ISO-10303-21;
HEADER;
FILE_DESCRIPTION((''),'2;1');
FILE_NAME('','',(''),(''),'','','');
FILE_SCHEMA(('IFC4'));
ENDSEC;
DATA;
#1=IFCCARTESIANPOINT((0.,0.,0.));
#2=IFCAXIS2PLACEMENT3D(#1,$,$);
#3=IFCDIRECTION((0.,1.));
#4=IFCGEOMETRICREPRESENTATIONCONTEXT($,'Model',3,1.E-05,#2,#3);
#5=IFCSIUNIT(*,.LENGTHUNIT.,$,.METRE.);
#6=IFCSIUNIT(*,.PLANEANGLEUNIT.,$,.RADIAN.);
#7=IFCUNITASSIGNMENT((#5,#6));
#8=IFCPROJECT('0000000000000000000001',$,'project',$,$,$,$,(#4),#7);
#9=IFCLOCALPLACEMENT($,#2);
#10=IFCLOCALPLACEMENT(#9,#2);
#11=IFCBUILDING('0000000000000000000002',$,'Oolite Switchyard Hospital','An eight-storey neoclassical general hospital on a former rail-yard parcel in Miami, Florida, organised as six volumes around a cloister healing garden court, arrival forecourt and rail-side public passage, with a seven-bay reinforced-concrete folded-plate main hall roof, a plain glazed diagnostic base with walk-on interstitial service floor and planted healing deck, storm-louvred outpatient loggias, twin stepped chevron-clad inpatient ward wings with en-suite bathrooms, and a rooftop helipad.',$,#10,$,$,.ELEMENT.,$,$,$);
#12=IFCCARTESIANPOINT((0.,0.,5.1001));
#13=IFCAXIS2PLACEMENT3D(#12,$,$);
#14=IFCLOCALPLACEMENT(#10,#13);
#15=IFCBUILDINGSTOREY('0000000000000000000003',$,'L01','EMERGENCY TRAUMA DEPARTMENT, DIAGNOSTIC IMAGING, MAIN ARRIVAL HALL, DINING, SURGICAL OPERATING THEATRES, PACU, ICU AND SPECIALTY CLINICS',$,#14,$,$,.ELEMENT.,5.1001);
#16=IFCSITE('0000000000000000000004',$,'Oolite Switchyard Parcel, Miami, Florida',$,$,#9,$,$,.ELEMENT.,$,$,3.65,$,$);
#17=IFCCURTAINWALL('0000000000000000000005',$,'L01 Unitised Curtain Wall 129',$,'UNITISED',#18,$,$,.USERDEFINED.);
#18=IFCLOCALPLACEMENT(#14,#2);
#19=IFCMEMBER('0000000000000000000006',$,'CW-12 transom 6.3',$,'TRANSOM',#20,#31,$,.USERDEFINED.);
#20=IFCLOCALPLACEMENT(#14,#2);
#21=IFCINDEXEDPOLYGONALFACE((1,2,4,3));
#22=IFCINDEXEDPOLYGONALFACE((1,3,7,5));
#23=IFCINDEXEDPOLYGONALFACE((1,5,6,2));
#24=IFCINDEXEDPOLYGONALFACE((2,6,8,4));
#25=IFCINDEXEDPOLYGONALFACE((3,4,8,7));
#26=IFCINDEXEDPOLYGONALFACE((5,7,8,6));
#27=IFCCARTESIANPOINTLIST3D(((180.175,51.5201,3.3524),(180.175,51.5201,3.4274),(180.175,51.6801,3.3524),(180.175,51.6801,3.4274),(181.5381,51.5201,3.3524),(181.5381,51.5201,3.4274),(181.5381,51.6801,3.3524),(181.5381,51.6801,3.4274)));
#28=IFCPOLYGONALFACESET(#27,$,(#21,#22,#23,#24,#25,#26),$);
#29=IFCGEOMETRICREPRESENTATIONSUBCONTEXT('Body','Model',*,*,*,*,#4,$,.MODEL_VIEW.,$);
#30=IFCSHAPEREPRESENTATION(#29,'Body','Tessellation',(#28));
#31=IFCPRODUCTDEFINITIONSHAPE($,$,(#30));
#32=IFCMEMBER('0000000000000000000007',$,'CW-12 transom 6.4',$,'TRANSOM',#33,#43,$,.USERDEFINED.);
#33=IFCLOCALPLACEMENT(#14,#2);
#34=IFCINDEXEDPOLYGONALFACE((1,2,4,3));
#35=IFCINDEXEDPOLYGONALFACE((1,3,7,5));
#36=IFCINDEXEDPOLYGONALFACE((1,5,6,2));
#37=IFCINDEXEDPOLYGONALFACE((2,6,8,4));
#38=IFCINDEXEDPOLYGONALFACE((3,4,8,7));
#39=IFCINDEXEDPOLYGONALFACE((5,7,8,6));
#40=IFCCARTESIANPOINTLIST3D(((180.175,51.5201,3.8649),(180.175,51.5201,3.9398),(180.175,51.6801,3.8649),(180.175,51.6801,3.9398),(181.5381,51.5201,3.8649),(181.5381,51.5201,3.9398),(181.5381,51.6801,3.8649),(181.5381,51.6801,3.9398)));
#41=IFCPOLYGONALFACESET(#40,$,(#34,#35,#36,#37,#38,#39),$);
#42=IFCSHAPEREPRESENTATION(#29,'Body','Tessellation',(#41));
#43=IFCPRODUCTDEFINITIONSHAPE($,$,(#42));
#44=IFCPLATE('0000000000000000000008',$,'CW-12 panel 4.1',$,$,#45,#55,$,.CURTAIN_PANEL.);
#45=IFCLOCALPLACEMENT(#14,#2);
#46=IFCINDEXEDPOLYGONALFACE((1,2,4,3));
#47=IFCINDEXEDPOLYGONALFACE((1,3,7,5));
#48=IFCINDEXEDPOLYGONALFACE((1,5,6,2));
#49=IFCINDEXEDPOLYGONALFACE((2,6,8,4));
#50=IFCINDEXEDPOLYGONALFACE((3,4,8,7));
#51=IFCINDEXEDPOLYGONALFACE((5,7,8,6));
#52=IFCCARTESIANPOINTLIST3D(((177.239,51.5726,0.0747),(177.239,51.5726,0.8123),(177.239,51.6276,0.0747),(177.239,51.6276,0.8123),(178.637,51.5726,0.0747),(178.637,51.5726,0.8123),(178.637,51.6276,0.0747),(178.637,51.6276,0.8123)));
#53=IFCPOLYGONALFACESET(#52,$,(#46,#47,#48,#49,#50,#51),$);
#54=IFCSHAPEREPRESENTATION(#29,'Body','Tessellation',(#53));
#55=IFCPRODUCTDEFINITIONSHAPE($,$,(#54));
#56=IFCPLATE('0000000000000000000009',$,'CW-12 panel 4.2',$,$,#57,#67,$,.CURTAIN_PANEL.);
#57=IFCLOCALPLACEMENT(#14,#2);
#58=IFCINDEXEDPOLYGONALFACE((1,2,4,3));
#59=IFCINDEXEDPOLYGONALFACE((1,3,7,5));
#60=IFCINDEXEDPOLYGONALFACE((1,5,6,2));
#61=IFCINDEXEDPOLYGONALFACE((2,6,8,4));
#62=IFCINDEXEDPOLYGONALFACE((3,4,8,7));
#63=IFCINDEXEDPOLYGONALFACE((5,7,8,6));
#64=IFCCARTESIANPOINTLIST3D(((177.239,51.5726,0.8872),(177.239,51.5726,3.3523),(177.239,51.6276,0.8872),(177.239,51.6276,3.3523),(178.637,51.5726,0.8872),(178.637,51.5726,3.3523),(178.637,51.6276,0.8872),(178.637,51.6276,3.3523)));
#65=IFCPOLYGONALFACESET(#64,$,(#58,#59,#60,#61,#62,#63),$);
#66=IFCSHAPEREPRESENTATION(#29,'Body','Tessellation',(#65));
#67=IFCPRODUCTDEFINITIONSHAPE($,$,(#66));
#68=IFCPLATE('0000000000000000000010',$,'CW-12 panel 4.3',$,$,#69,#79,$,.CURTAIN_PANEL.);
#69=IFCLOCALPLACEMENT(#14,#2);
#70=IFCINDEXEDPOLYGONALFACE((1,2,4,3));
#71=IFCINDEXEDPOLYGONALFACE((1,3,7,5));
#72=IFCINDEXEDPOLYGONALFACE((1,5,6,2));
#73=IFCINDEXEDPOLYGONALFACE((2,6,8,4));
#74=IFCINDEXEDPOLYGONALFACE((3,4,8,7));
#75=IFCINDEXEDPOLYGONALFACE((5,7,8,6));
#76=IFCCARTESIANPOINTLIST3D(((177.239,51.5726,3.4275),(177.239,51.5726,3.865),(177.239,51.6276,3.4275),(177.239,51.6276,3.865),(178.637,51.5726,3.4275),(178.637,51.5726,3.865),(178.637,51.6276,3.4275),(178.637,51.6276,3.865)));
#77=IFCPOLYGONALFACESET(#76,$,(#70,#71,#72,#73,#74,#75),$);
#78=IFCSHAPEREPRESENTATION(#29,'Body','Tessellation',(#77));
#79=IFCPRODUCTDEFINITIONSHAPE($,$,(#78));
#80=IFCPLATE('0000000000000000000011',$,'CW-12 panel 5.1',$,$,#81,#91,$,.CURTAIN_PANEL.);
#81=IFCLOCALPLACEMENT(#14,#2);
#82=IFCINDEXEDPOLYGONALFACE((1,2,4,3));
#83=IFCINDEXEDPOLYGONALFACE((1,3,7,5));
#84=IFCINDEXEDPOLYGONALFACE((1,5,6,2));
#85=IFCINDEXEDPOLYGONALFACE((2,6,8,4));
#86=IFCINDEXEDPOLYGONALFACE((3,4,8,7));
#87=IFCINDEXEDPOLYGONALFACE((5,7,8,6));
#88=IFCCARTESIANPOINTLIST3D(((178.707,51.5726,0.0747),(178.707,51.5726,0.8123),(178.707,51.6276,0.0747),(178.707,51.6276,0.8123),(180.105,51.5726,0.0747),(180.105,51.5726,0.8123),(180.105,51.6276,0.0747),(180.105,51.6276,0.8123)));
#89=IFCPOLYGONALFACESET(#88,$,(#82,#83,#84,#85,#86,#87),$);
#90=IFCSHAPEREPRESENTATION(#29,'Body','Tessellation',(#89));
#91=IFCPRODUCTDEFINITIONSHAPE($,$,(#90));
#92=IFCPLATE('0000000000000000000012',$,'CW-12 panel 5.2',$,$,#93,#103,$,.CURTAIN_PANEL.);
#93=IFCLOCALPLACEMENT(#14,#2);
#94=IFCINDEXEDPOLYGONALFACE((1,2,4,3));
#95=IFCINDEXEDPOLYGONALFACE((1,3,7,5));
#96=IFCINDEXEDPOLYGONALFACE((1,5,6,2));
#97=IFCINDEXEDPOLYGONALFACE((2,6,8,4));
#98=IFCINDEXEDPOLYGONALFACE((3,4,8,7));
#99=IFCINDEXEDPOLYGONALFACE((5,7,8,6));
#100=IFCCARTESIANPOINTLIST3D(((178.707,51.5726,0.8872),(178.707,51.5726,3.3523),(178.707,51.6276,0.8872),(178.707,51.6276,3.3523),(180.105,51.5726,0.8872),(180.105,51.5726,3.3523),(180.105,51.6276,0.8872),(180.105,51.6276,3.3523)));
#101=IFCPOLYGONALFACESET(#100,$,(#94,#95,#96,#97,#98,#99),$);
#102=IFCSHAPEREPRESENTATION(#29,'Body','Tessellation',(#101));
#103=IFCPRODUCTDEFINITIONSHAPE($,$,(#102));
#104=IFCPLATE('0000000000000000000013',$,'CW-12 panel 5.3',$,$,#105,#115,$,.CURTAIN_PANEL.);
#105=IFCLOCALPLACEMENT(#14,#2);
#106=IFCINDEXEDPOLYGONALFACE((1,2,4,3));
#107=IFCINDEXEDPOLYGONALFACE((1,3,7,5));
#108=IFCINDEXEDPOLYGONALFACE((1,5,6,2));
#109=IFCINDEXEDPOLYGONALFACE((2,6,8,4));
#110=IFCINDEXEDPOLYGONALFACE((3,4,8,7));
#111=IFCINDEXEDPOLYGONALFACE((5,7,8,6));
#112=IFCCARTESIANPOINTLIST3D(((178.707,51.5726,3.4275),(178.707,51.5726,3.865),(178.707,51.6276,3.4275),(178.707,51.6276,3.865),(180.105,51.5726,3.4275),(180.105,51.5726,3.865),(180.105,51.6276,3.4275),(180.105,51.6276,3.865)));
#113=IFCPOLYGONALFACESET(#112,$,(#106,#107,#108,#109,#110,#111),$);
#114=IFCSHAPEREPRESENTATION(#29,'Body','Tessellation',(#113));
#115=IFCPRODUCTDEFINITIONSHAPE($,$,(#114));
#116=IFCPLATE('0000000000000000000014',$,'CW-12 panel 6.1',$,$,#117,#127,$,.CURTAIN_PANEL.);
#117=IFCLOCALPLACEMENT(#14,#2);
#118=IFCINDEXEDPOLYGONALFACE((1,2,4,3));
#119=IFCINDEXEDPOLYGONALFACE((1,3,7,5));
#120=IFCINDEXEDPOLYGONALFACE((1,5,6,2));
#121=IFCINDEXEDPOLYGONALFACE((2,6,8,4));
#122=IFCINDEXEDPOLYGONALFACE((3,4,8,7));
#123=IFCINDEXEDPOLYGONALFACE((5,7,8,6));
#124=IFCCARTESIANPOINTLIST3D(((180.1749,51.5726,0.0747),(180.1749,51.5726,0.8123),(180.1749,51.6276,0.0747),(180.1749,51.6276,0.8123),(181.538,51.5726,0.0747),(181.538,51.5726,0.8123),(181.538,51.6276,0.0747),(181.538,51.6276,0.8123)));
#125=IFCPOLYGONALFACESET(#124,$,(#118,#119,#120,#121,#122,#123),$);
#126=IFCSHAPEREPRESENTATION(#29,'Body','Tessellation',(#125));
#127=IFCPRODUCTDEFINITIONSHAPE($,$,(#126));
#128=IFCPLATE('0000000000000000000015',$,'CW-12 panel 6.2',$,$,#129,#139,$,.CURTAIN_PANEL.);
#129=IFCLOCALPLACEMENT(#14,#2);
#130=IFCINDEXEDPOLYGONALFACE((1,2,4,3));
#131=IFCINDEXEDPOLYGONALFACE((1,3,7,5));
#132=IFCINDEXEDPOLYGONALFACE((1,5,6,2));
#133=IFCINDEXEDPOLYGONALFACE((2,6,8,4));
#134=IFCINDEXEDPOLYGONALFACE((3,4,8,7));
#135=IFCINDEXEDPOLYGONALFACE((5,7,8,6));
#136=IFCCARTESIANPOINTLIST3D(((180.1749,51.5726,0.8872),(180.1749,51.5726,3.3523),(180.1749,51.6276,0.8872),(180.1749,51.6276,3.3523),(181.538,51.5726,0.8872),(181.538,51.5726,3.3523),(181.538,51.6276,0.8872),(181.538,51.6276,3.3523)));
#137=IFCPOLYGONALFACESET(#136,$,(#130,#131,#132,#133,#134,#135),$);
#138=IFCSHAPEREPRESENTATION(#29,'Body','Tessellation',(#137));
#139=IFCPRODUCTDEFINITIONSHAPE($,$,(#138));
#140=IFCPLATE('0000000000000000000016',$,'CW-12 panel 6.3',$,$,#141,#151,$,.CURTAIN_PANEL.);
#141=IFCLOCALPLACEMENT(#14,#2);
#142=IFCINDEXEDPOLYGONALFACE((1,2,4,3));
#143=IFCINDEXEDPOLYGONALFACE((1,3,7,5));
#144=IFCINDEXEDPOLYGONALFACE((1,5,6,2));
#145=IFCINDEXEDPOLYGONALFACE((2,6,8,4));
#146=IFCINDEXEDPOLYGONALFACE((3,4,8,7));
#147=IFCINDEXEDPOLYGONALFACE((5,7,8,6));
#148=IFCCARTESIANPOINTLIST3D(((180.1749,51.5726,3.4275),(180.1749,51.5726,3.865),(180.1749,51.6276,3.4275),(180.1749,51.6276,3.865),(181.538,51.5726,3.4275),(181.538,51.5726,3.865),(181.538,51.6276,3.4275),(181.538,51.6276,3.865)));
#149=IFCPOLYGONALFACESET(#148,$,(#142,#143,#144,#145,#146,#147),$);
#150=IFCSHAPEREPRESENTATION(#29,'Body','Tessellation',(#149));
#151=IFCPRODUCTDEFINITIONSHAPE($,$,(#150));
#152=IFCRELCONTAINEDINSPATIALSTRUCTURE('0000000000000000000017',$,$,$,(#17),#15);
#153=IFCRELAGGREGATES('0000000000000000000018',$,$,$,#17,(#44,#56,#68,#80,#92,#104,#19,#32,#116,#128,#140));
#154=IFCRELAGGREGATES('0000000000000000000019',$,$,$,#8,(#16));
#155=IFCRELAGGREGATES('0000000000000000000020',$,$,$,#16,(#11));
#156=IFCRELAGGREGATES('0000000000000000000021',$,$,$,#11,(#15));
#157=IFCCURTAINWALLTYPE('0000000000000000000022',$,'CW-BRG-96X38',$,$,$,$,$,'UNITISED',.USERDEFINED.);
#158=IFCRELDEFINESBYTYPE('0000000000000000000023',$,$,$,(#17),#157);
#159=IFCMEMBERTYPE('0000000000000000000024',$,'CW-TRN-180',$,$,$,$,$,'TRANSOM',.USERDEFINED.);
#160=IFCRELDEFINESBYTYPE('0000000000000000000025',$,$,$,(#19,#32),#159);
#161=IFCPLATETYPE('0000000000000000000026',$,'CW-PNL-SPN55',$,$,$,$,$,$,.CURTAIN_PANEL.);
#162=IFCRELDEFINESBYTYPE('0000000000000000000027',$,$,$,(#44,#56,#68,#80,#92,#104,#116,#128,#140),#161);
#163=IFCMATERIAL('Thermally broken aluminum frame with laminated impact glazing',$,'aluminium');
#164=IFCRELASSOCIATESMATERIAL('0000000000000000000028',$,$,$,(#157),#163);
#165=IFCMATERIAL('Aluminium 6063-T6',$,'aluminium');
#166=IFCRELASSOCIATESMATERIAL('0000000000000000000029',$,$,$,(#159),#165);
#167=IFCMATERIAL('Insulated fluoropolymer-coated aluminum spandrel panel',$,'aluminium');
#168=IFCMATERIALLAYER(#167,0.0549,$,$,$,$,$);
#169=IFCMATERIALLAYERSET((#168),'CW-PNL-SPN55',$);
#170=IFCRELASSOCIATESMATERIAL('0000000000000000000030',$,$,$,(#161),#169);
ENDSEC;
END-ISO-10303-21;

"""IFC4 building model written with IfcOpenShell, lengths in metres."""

from ifc_helpers import new_model, si_unit, direction, frame, origin, origin_2d, place, context, subcontext, project, spatial, rectangle, extrude, material, layer, layer_set, material_profile, profile_set, type_object, element, aggregate, save


model = new_model("IFC4")

# Units and contexts
model_context = context("Model", 3, precision=1e-05, world=origin(), true_north=direction((0.0, 1.0)))
body_context = subcontext(model_context, "Body", "Model", "MODEL_VIEW")
ifc_project = project(units=[si_unit("LENGTHUNIT", "METRE"), si_unit("PLANEANGLEUNIT", "RADIAN")], contexts=[model_context])

# Site, building, storey
site_placement = place(None, origin())
site = spatial("IfcSite", under=ifc_project, at=site_placement, Name="Oolite Switchyard Parcel, Miami, Florida", CompositionType="ELEMENT", RefElevation=3.65)
building_placement = place(site_placement, origin())
building = spatial("IfcBuilding", under=site, at=building_placement, Name="Oolite Switchyard Hospital", Description="An eight-storey neoclassical general hospital on a former rail-yard parcel in Miami, Florida, organised as six volumes around a cloister healing garden court, arrival forecourt and rail-side public passage, with a seven-bay reinforced-concrete folded-plate main hall roof, a plain glazed diagnostic base with walk-on interstitial service floor and planted healing deck, storm-louvred outpatient loggias, twin stepped chevron-clad inpatient ward wings with en-suite bathrooms, and a rooftop helipad.", CompositionType="ELEMENT")
storey_placement = place(building_placement, frame((0.0, 0.0, 5.1001)))
storey = spatial("IfcBuildingStorey", under=building, at=storey_placement, Name="L01", Description="EMERGENCY TRAUMA DEPARTMENT, DIAGNOSTIC IMAGING, MAIN ARRIVAL HALL, DINING, SURGICAL OPERATING THEATRES, PACU, ICU AND SPECIALTY CLINICS", CompositionType="ELEMENT", Elevation=5.1001)

# Curtain wall, members, plates
ifc_material_1 = material(Name="Thermally broken aluminum frame with laminated impact glazing", Category="aluminium")
curtain_wall_type = type_object("IfcCurtainWallType", Name="CW-BRG-96X38", ElementType="UNITISED", PredefinedType="USERDEFINED", material=ifc_material_1)
curtain_wall_placement = place(storey_placement, origin())
curtain_wall = element("IfcCurtainWall", 1, at=curtain_wall_placement, inside=storey, type_object=curtain_wall_type, Name="L01 Unitised Curtain Wall 129", ObjectType="UNITISED", PredefinedType="USERDEFINED")
ifc_material_2 = material(Name="Aluminium 6063-T6", Category="aluminium")
ifc_material_profile_1 = material_profile(ifc_material_2, rectangle(XDim=0.1599, YDim=0.075, at=origin_2d()), Name="CWT75X160")
ifc_profile_set_1 = profile_set([ifc_material_profile_1], Name="Aluminium 6063-T6")
member_type_1 = type_object("IfcMemberType", Name="CW-TRN-180", ElementType="TRANSOM", PredefinedType="USERDEFINED", material=ifc_profile_set_1)
member_1_placement = place(storey_placement, frame((180.175, 51.6001, 3.3899), z_axis=(1.0, 0.0, 0.0), x_axis=(0.0, 1.0, 0.0)))
member_1 = element("IfcMember", 2, at=member_1_placement, type_object=member_type_1, Name="CW-12 transom 6.3", ObjectType="TRANSOM", PredefinedType="USERDEFINED", context=body_context, shape_type="SweptSolid", body=[
    extrude(rectangle(XDim=0.1599, YDim=0.075, at=origin_2d()), origin(), (0.0, 0.0, 1.0), 1.363),
])
member_2_placement = place(storey_placement, frame((180.175, 51.6001, 3.9023), z_axis=(1.0, 0.0, 0.0), x_axis=(0.0, 1.0, 0.0)))
member_2 = element("IfcMember", 3, at=member_2_placement, type_object=member_type_1, Name="CW-12 transom 6.4", ObjectType="TRANSOM", PredefinedType="USERDEFINED", context=body_context, shape_type="SweptSolid", body=[
    extrude(rectangle(XDim=0.1599, YDim=0.075, at=origin_2d()), origin(), (0.0, 0.0, 1.0), 1.363),
])
ifc_material_3 = material(Name="Insulated fluoropolymer-coated aluminum spandrel panel", Category="aluminium")
ifc_layer = layer(ifc_material_3, 0.0549)
ifc_layer_set = layer_set([ifc_layer], Name="CW-PNL-SPN55")
plate_type = type_object("IfcPlateType", Name="CW-PNL-SPN55", PredefinedType="CURTAIN_PANEL", material=ifc_layer_set)
plate_1_placement = place(storey_placement, frame((177.938, 51.6001, 0.0747), z_axis=(0.0, 0.0, 1.0), x_axis=(1.0, 0.0, 0.0)))
plate_1 = element("IfcPlate", 4, at=plate_1_placement, type_object=plate_type, Name="CW-12 panel 4.1", PredefinedType="CURTAIN_PANEL", context=body_context, shape_type="SweptSolid", body=[
    extrude(rectangle(XDim=1.3979, YDim=0.0549, at=origin_2d()), origin(), (0.0, 0.0, 1.0), 0.7375),
])
plate_2_placement = place(storey_placement, frame((177.938, 51.6001, 0.8872), z_axis=(0.0, 0.0, 1.0), x_axis=(1.0, 0.0, 0.0)))
plate_2 = element("IfcPlate", 5, at=plate_2_placement, type_object=plate_type, Name="CW-12 panel 4.2", PredefinedType="CURTAIN_PANEL", context=body_context, shape_type="SweptSolid", body=[
    extrude(rectangle(XDim=1.3979, YDim=0.0549, at=origin_2d()), origin(), (0.0, 0.0, 1.0), 2.4651),
])
plate_3_placement = place(storey_placement, frame((177.938, 51.6001, 3.4275), z_axis=(0.0, 0.0, 1.0), x_axis=(1.0, 0.0, 0.0)))
plate_3 = element("IfcPlate", 6, at=plate_3_placement, type_object=plate_type, Name="CW-12 panel 4.3", PredefinedType="CURTAIN_PANEL", context=body_context, shape_type="SweptSolid", body=[
    extrude(rectangle(XDim=1.3979, YDim=0.0549, at=origin_2d()), origin(), (0.0, 0.0, 1.0), 0.4375),
])
plate_4_placement = place(storey_placement, frame((179.406, 51.6001, 0.0747), z_axis=(0.0, 0.0, 1.0), x_axis=(1.0, 0.0, 0.0)))
plate_4 = element("IfcPlate", 7, at=plate_4_placement, type_object=plate_type, Name="CW-12 panel 5.1", PredefinedType="CURTAIN_PANEL", context=body_context, shape_type="SweptSolid", body=[
    extrude(rectangle(XDim=1.3979, YDim=0.0549, at=origin_2d()), origin(), (0.0, 0.0, 1.0), 0.7375),
])
plate_5_placement = place(storey_placement, frame((179.406, 51.6001, 0.8872), z_axis=(0.0, 0.0, 1.0), x_axis=(1.0, 0.0, 0.0)))
plate_5 = element("IfcPlate", 8, at=plate_5_placement, type_object=plate_type, Name="CW-12 panel 5.2", PredefinedType="CURTAIN_PANEL", context=body_context, shape_type="SweptSolid", body=[
    extrude(rectangle(XDim=1.3979, YDim=0.0549, at=origin_2d()), origin(), (0.0, 0.0, 1.0), 2.4651),
])
plate_6_placement = place(storey_placement, frame((179.406, 51.6001, 3.4275), z_axis=(0.0, 0.0, 1.0), x_axis=(1.0, 0.0, 0.0)))
plate_6 = element("IfcPlate", 9, at=plate_6_placement, type_object=plate_type, Name="CW-12 panel 5.3", PredefinedType="CURTAIN_PANEL", context=body_context, shape_type="SweptSolid", body=[
    extrude(rectangle(XDim=1.3979, YDim=0.0549, at=origin_2d()), origin(), (0.0, 0.0, 1.0), 0.4375),
])
plate_7_placement = place(storey_placement, frame((180.8564, 51.6001, 0.0747), z_axis=(0.0, 0.0, 1.0), x_axis=(1.0, 0.0, 0.0)))
plate_7 = element("IfcPlate", 10, at=plate_7_placement, type_object=plate_type, Name="CW-12 panel 6.1", PredefinedType="CURTAIN_PANEL", context=body_context, shape_type="SweptSolid", body=[
    extrude(rectangle(XDim=1.363, YDim=0.0549, at=origin_2d()), origin(), (0.0, 0.0, 1.0), 0.7375),
])
plate_8_placement = place(storey_placement, frame((180.8564, 51.6001, 0.8872), z_axis=(0.0, 0.0, 1.0), x_axis=(1.0, 0.0, 0.0)))
plate_8 = element("IfcPlate", 11, at=plate_8_placement, type_object=plate_type, Name="CW-12 panel 6.2", PredefinedType="CURTAIN_PANEL", context=body_context, shape_type="SweptSolid", body=[
    extrude(rectangle(XDim=1.363, YDim=0.0549, at=origin_2d()), origin(), (0.0, 0.0, 1.0), 2.4651),
])
plate_9_placement = place(storey_placement, frame((180.8564, 51.6001, 3.4275), z_axis=(0.0, 0.0, 1.0), x_axis=(1.0, 0.0, 0.0)))
plate_9 = element("IfcPlate", 12, at=plate_9_placement, type_object=plate_type, Name="CW-12 panel 6.3", PredefinedType="CURTAIN_PANEL", context=body_context, shape_type="SweptSolid", body=[
    extrude(rectangle(XDim=1.363, YDim=0.0549, at=origin_2d()), origin(), (0.0, 0.0, 1.0), 0.4375),
])
aggregate(curtain_wall, [plate_1, plate_2, plate_3, plate_4, plate_5, plate_6, member_1, member_2, plate_7, plate_8, plate_9])

save(model, "model.ifc")
